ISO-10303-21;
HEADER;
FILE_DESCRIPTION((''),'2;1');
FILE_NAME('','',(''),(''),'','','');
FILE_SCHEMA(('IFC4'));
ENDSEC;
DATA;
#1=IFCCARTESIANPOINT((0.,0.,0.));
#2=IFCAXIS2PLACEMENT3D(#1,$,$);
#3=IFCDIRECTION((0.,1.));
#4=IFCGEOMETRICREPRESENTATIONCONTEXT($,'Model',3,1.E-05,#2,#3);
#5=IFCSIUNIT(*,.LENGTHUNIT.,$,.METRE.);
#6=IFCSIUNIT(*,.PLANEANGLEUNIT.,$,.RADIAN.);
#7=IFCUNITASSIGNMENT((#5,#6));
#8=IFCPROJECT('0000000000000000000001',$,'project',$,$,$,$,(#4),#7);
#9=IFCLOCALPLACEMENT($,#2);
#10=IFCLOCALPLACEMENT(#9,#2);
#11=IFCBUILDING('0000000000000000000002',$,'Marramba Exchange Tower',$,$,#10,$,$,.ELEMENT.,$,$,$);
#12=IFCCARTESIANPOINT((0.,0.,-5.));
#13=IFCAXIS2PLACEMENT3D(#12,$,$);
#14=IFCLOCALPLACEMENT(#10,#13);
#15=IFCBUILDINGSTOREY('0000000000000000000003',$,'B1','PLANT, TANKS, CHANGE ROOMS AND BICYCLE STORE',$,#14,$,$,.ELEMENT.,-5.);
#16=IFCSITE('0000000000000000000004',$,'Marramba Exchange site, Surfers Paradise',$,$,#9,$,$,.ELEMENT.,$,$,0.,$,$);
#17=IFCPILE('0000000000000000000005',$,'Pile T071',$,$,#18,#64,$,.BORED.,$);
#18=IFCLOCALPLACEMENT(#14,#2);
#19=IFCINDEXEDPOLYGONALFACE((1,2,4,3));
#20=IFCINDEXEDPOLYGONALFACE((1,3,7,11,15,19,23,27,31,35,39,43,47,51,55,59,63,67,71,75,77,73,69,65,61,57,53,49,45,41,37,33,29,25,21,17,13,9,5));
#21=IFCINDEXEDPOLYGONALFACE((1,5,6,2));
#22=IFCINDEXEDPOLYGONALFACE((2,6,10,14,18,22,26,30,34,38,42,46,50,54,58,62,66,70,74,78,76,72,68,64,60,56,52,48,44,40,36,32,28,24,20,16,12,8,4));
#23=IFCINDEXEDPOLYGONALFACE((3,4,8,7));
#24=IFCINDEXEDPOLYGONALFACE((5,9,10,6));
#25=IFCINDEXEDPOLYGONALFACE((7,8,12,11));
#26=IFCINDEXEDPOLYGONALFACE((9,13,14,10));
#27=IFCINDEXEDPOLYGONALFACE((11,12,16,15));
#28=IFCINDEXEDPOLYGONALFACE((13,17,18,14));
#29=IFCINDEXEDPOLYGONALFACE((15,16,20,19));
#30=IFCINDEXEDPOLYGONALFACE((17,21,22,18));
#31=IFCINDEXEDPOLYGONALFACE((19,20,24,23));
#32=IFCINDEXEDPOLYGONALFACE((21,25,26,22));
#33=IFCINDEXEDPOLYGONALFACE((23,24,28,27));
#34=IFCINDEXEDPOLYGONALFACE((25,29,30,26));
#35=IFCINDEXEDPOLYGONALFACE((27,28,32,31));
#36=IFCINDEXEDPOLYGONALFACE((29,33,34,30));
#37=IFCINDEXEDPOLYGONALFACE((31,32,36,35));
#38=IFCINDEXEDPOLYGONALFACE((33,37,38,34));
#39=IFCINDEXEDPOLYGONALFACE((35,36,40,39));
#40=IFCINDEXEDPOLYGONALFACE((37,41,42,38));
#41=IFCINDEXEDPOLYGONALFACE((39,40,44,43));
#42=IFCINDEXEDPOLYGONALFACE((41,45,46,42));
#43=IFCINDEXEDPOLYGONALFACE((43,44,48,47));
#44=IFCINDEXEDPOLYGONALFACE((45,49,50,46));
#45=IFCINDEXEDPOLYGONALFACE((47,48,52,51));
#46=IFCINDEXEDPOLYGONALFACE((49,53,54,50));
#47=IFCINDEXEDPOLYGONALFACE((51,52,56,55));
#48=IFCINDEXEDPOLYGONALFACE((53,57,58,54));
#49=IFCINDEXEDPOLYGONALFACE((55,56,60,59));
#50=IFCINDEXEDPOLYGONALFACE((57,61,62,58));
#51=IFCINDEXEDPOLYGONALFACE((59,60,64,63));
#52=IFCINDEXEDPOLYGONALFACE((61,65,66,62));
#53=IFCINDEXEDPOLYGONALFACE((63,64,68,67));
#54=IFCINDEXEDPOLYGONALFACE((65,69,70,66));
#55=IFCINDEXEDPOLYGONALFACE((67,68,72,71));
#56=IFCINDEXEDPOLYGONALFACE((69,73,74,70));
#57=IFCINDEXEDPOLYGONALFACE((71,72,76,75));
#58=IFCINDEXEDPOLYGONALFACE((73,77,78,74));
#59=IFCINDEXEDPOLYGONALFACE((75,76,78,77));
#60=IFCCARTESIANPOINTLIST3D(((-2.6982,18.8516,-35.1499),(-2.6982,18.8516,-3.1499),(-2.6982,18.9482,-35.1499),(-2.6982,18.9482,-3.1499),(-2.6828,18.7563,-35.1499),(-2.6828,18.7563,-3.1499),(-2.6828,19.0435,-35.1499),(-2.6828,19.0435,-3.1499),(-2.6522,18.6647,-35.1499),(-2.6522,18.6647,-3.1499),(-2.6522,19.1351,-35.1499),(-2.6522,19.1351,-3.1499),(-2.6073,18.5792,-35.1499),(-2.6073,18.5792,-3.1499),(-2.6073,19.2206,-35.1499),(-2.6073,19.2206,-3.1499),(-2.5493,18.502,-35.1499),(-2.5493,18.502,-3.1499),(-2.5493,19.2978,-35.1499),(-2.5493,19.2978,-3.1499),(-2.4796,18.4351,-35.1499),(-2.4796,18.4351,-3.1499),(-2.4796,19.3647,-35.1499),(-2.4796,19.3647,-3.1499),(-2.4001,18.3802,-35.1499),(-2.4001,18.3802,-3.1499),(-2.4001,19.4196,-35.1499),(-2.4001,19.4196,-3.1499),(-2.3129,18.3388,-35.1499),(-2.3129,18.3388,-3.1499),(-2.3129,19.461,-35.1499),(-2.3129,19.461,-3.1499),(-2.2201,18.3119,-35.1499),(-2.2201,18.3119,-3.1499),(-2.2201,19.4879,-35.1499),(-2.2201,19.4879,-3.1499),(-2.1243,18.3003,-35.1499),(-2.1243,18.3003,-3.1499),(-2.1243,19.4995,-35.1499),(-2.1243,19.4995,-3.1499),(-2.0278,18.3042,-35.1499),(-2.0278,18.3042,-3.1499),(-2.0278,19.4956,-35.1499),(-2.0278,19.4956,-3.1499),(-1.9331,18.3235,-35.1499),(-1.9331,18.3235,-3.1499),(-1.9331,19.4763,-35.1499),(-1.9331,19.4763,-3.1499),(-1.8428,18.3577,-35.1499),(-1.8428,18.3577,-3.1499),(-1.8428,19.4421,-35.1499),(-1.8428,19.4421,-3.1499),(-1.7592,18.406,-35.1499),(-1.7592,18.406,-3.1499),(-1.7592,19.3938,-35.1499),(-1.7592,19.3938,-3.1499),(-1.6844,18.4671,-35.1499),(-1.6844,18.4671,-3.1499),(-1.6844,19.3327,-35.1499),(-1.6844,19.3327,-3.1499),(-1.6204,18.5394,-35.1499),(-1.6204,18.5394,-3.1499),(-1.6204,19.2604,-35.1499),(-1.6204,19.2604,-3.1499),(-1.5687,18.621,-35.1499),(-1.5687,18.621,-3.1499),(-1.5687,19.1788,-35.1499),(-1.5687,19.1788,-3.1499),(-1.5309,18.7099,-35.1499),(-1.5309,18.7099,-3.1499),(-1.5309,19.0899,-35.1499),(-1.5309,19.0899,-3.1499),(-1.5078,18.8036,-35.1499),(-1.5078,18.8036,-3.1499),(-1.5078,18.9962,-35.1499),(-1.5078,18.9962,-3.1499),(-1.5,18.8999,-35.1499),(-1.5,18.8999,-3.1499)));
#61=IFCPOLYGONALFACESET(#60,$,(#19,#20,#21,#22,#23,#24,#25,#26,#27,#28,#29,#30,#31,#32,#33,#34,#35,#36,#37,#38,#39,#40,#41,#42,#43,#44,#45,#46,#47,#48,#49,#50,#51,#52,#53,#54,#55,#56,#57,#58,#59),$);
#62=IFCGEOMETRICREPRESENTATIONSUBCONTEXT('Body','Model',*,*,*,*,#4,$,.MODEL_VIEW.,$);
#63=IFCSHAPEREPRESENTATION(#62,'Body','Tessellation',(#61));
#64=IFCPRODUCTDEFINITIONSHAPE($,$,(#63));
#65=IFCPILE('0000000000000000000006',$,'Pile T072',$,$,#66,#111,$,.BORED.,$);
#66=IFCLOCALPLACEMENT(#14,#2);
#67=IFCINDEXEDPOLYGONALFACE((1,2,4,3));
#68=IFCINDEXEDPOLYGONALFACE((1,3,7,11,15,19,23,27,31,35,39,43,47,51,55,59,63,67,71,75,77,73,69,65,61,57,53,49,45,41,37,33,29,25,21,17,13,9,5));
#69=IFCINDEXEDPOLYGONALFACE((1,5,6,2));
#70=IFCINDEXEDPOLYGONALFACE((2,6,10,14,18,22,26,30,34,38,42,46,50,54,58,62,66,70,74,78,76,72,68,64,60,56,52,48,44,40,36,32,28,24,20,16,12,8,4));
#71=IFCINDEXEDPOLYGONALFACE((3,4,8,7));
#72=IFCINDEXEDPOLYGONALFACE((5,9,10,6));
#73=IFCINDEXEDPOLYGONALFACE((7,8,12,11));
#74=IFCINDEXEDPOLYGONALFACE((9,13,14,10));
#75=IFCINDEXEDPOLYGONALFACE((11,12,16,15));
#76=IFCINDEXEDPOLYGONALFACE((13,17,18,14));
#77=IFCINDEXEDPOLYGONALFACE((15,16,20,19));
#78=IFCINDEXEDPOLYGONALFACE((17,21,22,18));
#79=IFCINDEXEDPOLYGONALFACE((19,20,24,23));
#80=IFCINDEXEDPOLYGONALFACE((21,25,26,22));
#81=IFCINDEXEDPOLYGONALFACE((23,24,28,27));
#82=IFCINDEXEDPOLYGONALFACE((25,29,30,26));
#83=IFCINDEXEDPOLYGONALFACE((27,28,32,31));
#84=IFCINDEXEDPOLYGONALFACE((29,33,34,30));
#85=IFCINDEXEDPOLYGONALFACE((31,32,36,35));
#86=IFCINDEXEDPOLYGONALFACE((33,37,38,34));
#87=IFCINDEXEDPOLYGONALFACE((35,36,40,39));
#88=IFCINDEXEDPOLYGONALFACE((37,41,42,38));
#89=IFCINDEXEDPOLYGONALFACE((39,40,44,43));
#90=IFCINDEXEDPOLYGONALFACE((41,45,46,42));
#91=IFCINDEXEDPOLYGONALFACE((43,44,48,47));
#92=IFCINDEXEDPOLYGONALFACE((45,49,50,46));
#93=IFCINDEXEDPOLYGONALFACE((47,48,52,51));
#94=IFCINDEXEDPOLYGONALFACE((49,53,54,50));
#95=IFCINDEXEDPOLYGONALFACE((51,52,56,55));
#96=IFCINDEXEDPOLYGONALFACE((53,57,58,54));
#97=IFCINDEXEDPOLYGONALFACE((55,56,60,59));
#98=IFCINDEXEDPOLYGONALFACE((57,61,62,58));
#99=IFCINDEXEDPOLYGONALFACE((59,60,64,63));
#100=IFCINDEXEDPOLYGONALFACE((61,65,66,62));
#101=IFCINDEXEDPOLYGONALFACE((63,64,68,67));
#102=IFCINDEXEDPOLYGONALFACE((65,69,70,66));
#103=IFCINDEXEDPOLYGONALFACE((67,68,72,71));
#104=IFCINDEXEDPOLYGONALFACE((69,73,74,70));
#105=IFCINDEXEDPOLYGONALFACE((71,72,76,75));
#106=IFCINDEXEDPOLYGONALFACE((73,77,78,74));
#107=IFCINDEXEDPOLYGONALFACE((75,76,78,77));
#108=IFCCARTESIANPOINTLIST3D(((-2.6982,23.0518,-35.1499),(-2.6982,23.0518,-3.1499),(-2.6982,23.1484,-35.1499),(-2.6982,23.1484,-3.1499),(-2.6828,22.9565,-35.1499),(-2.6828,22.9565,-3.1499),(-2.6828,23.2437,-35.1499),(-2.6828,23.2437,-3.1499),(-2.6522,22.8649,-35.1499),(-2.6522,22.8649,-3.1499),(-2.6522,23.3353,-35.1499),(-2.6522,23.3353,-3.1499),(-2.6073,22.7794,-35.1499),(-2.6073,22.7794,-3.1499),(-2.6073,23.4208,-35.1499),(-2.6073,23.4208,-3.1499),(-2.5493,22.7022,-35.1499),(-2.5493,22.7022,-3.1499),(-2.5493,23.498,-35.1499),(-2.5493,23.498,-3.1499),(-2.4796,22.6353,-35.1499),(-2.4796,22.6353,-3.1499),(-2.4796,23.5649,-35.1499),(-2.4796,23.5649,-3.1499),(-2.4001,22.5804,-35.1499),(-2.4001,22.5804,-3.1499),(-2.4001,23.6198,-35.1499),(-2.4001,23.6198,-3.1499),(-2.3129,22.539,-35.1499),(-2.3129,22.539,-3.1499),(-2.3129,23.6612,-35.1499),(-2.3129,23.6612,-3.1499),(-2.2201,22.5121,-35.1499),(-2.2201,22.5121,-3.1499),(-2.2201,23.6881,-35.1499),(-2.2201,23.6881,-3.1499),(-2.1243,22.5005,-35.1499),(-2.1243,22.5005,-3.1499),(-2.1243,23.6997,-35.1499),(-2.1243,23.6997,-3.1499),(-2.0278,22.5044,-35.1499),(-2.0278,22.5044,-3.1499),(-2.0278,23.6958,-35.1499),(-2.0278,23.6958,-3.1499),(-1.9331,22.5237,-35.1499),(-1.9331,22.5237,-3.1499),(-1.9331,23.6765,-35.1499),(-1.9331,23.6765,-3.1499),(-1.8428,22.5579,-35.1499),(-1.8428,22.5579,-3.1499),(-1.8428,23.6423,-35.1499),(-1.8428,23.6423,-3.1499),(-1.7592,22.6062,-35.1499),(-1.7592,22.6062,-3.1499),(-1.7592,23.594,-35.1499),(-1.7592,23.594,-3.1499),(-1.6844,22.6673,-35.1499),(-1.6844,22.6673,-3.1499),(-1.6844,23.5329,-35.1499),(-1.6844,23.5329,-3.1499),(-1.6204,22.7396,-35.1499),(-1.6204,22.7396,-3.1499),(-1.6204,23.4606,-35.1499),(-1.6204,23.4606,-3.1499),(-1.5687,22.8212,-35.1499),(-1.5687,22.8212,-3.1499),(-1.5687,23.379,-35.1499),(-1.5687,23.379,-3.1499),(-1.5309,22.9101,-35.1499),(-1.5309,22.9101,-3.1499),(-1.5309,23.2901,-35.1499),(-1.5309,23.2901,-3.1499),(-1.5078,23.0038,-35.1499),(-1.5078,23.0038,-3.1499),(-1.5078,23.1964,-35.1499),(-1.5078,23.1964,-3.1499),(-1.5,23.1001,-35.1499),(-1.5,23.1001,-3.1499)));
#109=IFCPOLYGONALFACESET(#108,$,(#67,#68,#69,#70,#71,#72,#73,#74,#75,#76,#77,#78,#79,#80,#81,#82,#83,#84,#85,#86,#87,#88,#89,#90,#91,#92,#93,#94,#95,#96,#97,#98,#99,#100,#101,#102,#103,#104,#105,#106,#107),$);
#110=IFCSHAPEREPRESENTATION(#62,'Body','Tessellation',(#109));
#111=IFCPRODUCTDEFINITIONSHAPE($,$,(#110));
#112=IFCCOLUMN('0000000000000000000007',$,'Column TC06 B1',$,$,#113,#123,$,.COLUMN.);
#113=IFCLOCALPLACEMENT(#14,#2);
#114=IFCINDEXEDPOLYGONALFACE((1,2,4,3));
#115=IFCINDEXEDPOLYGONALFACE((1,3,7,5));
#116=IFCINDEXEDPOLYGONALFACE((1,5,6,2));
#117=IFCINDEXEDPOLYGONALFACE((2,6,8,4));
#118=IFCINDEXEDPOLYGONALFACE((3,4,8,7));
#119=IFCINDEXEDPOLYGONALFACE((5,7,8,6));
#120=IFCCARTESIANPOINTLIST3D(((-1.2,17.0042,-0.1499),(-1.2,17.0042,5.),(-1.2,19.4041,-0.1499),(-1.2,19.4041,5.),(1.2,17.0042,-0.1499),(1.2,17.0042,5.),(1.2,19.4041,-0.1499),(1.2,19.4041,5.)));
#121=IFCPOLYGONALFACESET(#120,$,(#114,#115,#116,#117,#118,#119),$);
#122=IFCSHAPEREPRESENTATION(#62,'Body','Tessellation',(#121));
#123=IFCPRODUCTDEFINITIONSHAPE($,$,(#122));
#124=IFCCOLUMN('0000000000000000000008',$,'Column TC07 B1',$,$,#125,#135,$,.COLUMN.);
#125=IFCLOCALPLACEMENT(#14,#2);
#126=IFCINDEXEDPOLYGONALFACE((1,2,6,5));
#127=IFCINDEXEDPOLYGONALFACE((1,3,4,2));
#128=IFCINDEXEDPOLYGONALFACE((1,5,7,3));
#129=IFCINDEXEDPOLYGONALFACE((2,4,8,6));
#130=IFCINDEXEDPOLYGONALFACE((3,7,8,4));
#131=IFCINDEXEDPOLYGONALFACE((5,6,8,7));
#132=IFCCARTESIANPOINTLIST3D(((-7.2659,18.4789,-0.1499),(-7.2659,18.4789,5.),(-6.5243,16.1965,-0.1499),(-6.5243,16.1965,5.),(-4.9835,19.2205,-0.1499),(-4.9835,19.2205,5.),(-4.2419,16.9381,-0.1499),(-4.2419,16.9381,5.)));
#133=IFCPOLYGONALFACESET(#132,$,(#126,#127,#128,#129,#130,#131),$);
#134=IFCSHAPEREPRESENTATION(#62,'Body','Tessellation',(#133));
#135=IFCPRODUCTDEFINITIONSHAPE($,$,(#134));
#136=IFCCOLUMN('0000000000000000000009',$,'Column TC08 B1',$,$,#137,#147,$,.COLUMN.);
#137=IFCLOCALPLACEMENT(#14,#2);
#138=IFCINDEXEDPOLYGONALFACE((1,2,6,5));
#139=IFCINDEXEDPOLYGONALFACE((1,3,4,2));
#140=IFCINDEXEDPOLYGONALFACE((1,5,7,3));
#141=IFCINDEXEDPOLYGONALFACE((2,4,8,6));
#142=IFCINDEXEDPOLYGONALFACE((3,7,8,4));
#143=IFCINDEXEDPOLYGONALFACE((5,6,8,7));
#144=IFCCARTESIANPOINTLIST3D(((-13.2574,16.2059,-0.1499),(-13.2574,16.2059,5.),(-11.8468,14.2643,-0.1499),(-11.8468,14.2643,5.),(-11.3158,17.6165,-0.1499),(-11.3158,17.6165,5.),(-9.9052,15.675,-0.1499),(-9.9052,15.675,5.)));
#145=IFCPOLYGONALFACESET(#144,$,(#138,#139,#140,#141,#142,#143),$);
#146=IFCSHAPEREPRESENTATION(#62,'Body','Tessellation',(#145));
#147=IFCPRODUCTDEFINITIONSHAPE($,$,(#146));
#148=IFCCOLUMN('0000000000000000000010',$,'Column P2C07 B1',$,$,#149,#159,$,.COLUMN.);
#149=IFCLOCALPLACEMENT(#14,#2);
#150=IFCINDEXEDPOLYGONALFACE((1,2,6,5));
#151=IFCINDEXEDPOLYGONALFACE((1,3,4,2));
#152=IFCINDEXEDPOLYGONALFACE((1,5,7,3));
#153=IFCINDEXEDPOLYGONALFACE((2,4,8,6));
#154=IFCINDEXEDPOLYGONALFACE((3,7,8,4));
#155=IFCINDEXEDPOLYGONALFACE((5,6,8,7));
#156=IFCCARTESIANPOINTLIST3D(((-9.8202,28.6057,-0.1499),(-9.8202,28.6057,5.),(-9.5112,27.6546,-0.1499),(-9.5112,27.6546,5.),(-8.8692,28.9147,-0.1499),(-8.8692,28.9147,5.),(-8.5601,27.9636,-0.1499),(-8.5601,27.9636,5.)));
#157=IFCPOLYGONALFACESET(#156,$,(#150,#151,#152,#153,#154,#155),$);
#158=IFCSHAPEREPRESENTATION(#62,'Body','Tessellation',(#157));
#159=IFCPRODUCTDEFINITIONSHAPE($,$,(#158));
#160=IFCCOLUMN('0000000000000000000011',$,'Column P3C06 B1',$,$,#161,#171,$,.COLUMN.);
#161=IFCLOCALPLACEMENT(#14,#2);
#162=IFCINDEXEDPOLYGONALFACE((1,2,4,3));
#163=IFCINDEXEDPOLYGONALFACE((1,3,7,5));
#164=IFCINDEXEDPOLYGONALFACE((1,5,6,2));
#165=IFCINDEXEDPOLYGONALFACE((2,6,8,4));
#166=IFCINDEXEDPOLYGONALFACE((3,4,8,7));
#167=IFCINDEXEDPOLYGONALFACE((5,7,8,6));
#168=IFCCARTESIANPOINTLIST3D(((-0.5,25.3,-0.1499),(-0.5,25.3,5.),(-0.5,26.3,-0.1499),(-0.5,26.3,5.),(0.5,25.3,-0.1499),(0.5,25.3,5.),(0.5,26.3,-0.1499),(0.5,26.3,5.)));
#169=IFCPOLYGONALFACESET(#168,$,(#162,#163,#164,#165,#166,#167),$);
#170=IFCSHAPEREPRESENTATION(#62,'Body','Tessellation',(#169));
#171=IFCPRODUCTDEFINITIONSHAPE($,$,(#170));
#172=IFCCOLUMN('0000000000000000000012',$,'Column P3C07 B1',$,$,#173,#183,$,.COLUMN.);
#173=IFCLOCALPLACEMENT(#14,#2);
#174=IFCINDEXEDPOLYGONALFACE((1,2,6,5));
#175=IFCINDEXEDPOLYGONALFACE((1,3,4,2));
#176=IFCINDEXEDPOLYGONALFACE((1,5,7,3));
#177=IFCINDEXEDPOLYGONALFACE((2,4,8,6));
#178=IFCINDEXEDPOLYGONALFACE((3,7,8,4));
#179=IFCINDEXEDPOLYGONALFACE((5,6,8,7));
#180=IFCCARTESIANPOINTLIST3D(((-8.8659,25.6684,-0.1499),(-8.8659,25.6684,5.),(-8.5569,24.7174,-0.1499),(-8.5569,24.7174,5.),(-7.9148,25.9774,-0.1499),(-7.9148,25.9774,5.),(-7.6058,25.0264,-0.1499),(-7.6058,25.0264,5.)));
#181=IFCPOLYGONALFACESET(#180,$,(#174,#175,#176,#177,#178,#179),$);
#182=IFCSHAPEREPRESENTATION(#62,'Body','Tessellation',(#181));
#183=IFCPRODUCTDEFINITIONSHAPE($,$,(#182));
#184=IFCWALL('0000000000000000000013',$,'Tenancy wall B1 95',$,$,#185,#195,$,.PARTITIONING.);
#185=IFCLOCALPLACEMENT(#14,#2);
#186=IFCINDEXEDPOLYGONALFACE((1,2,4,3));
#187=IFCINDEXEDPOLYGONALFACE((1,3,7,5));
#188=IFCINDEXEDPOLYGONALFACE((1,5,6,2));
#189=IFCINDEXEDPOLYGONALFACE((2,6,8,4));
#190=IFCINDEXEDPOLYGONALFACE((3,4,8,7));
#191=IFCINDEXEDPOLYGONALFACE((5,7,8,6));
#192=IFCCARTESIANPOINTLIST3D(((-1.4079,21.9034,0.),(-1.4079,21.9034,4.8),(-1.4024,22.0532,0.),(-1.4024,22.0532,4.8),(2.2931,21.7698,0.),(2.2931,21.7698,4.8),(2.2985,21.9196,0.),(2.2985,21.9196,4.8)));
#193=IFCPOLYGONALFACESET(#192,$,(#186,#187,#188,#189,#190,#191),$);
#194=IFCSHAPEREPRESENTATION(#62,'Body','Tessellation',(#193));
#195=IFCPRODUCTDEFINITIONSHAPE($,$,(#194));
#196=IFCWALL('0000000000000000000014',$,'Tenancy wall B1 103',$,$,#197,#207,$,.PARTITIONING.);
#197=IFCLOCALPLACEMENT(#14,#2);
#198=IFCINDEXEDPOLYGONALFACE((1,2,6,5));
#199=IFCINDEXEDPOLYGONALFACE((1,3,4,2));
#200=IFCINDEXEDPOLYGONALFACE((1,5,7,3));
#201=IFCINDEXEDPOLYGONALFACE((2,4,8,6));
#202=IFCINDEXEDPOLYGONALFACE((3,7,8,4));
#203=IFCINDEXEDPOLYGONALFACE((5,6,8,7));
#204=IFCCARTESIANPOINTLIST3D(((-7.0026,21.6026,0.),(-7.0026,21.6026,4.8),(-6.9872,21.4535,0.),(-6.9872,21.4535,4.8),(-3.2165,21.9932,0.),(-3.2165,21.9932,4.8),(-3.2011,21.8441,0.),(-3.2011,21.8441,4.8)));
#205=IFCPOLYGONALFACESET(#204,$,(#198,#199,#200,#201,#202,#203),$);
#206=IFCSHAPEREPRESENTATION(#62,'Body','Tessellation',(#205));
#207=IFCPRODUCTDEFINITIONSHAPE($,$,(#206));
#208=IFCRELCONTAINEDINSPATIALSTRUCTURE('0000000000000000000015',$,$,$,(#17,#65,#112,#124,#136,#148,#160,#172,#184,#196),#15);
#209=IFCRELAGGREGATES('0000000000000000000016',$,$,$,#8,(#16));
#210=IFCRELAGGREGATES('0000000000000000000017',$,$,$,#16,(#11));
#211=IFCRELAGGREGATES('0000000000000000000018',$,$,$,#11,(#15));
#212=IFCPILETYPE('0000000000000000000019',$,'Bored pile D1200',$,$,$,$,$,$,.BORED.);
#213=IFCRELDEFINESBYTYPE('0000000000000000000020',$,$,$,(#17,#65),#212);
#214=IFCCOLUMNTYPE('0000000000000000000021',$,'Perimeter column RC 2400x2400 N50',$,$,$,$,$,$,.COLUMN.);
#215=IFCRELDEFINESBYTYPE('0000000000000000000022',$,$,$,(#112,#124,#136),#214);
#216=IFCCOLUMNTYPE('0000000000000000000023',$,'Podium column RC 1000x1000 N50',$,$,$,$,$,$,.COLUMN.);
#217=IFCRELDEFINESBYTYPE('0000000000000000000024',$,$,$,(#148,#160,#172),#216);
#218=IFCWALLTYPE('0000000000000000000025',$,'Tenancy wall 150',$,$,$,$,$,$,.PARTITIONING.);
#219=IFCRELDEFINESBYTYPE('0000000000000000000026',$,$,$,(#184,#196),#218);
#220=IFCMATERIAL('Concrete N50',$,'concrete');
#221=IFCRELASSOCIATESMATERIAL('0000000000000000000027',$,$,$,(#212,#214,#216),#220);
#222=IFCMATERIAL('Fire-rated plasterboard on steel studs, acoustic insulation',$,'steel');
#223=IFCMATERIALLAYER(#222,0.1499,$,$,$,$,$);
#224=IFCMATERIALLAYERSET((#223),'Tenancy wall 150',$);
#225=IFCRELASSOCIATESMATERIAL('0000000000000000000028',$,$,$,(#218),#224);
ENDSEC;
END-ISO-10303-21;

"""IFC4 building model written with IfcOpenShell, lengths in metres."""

from ifc_helpers import new_model, si_unit, direction, frame, frame_2d, origin, origin_2d, place, context, subcontext, project, spatial, rectangle, circle, extrude, material, layer, layer_set, material_profile, profile_set, type_object, element, save


model = new_model("IFC4")

# Units and contexts
model_context = context("Model", 3, precision=1e-05, world=origin(), true_north=direction((0.0, 1.0)))
body_context = subcontext(model_context, "Body", "Model", "MODEL_VIEW")
ifc_project = project(units=[si_unit("LENGTHUNIT", "METRE"), si_unit("PLANEANGLEUNIT", "RADIAN")], contexts=[model_context])

# Site, building, storey
site_placement = place(None, origin())
site = spatial("IfcSite", under=ifc_project, at=site_placement, Name="Marramba Exchange site, Surfers Paradise", CompositionType="ELEMENT", RefElevation=0.0)
building_placement = place(site_placement, origin())
building = spatial("IfcBuilding", under=site, at=building_placement, Name="Marramba Exchange Tower", CompositionType="ELEMENT")
storey_placement = place(building_placement, frame((0.0, 0.0, -5.0)))
storey = spatial("IfcBuildingStorey", under=building, at=storey_placement, Name="B1", Description="PLANT, TANKS, CHANGE ROOMS AND BICYCLE STORE", CompositionType="ELEMENT", Elevation=-5.0)

# Piles
ifc_material_1 = material(Name="Concrete N50", Category="concrete")
ifc_material_profile_1 = material_profile(ifc_material_1, circle(Radius=0.6001, at=origin_2d()), Name="BP D1200")
ifc_profile_set_1 = profile_set([ifc_material_profile_1], Name="Concrete N50")
pile_type = type_object("IfcPileType", Name="Bored pile D1200", PredefinedType="BORED", material=ifc_profile_set_1)
for number, where, z_axis, x_axis, name in (
    (1, (-2.1001, 18.8999, -3.1499), (0.0, 0.0, -1.0), (1.0, 0.0, 0.0), "Pile T071"),
    (2, (-2.1001, 23.1001, -3.1499), (0.0, 0.0, -1.0), (1.0, 0.0, 0.0), "Pile T072"),
):
    element("IfcPile", number, at=place(storey_placement, frame(where, z_axis=z_axis, x_axis=x_axis)), inside=storey, type_object=pile_type, Name=name, PredefinedType="BORED", context=body_context, shape_type="SweptSolid", body=[
        extrude(circle(Radius=0.6001, at=origin_2d()), origin(), (0.0, 0.0, 1.0), 32.0),
    ])

# Columns
ifc_material_profile_2 = material_profile(ifc_material_1, rectangle(XDim=2.3999, YDim=2.3999, at=origin_2d()), Name="RC 2400x2400")
ifc_profile_set_2 = profile_set([ifc_material_profile_2], Name="Concrete N50")
column_type_1 = type_object("IfcColumnType", Name="Perimeter column RC 2400x2400 N50", PredefinedType="COLUMN", material=ifc_profile_set_2)
for number, where, z_axis, x_axis, name in (
    (3, (0.0, 18.2041, -0.1499), (0.0, 0.0, 1.0), (0.0, 1.0, 0.0), "Column TC06 B1"),
    (4, (-5.7539, 17.7085, -0.1499), (0.0, 0.0, 1.0), (-0.309017, 0.951057, 0.0), "Column TC07 B1"),
    (5, (-11.5813, 15.9404, -0.1499), (0.0, 0.0, 1.0), (-0.587785, 0.809017, 0.0), "Column TC08 B1"),
):
    element("IfcColumn", number, at=place(storey_placement, frame(where, z_axis=z_axis, x_axis=x_axis)), inside=storey, type_object=column_type_1, Name=name, PredefinedType="COLUMN", context=body_context, shape_type="SweptSolid", body=[
        extrude(rectangle(XDim=2.3999, YDim=2.3999, at=origin_2d()), origin(), (0.0, 0.0, 1.0), 5.1499),
    ])
ifc_material_profile_3 = material_profile(ifc_material_1, rectangle(XDim=1.0, YDim=1.0, at=origin_2d()), Name="RC 1000x1000")
ifc_profile_set_3 = profile_set([ifc_material_profile_3], Name="Concrete N50")
column_type_2 = type_object("IfcColumnType", Name="Podium column RC 1000x1000 N50", PredefinedType="COLUMN", material=ifc_profile_set_3)
for number, where, z_axis, x_axis, name in (
    (6, (-9.1902, 28.2847, -0.1499), (0.0, 0.0, 1.0), (-0.309017, 0.951057, 0.0), "Column P2C07 B1"),
    (7, (0.0, 25.8, -0.1499), (0.0, 0.0, 1.0), (0.0, 1.0, 0.0), "Column P3C06 B1"),
    (8, (-8.2358, 25.3474, -0.1499), (0.0, 0.0, 1.0), (-0.309017, 0.951057, 0.0), "Column P3C07 B1"),
):
    element("IfcColumn", number, at=place(storey_placement, frame(where, z_axis=z_axis, x_axis=x_axis)), inside=storey, type_object=column_type_2, Name=name, PredefinedType="COLUMN", context=body_context, shape_type="SweptSolid", body=[
        extrude(rectangle(XDim=1.0, YDim=1.0, at=origin_2d()), origin(), (0.0, 0.0, 1.0), 5.1499),
    ])

# Walls
ifc_material_2 = material(Name="Fire-rated plasterboard on steel studs, acoustic insulation", Category="steel")
ifc_layer = layer(ifc_material_2, 0.1499)
ifc_layer_set = layer_set([ifc_layer], Name="Tenancy wall 150")
wall_type = type_object("IfcWallType", Name="Tenancy wall 150", PredefinedType="PARTITIONING", material=ifc_layer_set)
wall_1_placement = place(storey_placement, frame((-1.405, 21.9783, 0.0), z_axis=(0.0, 0.0, 1.0), x_axis=(0.99935, -0.036061, 0.0)))
element("IfcWall", 9, at=wall_1_placement, inside=storey, type_object=wall_type, Name="Tenancy wall B1 95", PredefinedType="PARTITIONING", context=body_context, shape_type="SweptSolid", body=[
    extrude(rectangle(XDim=3.7034, YDim=0.1499, at=frame_2d((1.8516, 0.0))), origin(), (0.0, 0.0, 1.0), 4.8),
])
wall_2_placement = place(storey_placement, frame((-6.9949, 21.5281, 0.0), z_axis=(0.0, 0.0, 1.0), x_axis=(0.99472, 0.102628, 0.0)))
element("IfcWall", 10, at=wall_2_placement, inside=storey, type_object=wall_type, Name="Tenancy wall B1 103", PredefinedType="PARTITIONING", context=body_context, shape_type="SweptSolid", body=[
    extrude(rectangle(XDim=3.8062, YDim=0.1499, at=frame_2d((1.9031, 0.0))), origin(), (0.0, 0.0, 1.0), 4.8),
])

save(model, "model.ifc")
